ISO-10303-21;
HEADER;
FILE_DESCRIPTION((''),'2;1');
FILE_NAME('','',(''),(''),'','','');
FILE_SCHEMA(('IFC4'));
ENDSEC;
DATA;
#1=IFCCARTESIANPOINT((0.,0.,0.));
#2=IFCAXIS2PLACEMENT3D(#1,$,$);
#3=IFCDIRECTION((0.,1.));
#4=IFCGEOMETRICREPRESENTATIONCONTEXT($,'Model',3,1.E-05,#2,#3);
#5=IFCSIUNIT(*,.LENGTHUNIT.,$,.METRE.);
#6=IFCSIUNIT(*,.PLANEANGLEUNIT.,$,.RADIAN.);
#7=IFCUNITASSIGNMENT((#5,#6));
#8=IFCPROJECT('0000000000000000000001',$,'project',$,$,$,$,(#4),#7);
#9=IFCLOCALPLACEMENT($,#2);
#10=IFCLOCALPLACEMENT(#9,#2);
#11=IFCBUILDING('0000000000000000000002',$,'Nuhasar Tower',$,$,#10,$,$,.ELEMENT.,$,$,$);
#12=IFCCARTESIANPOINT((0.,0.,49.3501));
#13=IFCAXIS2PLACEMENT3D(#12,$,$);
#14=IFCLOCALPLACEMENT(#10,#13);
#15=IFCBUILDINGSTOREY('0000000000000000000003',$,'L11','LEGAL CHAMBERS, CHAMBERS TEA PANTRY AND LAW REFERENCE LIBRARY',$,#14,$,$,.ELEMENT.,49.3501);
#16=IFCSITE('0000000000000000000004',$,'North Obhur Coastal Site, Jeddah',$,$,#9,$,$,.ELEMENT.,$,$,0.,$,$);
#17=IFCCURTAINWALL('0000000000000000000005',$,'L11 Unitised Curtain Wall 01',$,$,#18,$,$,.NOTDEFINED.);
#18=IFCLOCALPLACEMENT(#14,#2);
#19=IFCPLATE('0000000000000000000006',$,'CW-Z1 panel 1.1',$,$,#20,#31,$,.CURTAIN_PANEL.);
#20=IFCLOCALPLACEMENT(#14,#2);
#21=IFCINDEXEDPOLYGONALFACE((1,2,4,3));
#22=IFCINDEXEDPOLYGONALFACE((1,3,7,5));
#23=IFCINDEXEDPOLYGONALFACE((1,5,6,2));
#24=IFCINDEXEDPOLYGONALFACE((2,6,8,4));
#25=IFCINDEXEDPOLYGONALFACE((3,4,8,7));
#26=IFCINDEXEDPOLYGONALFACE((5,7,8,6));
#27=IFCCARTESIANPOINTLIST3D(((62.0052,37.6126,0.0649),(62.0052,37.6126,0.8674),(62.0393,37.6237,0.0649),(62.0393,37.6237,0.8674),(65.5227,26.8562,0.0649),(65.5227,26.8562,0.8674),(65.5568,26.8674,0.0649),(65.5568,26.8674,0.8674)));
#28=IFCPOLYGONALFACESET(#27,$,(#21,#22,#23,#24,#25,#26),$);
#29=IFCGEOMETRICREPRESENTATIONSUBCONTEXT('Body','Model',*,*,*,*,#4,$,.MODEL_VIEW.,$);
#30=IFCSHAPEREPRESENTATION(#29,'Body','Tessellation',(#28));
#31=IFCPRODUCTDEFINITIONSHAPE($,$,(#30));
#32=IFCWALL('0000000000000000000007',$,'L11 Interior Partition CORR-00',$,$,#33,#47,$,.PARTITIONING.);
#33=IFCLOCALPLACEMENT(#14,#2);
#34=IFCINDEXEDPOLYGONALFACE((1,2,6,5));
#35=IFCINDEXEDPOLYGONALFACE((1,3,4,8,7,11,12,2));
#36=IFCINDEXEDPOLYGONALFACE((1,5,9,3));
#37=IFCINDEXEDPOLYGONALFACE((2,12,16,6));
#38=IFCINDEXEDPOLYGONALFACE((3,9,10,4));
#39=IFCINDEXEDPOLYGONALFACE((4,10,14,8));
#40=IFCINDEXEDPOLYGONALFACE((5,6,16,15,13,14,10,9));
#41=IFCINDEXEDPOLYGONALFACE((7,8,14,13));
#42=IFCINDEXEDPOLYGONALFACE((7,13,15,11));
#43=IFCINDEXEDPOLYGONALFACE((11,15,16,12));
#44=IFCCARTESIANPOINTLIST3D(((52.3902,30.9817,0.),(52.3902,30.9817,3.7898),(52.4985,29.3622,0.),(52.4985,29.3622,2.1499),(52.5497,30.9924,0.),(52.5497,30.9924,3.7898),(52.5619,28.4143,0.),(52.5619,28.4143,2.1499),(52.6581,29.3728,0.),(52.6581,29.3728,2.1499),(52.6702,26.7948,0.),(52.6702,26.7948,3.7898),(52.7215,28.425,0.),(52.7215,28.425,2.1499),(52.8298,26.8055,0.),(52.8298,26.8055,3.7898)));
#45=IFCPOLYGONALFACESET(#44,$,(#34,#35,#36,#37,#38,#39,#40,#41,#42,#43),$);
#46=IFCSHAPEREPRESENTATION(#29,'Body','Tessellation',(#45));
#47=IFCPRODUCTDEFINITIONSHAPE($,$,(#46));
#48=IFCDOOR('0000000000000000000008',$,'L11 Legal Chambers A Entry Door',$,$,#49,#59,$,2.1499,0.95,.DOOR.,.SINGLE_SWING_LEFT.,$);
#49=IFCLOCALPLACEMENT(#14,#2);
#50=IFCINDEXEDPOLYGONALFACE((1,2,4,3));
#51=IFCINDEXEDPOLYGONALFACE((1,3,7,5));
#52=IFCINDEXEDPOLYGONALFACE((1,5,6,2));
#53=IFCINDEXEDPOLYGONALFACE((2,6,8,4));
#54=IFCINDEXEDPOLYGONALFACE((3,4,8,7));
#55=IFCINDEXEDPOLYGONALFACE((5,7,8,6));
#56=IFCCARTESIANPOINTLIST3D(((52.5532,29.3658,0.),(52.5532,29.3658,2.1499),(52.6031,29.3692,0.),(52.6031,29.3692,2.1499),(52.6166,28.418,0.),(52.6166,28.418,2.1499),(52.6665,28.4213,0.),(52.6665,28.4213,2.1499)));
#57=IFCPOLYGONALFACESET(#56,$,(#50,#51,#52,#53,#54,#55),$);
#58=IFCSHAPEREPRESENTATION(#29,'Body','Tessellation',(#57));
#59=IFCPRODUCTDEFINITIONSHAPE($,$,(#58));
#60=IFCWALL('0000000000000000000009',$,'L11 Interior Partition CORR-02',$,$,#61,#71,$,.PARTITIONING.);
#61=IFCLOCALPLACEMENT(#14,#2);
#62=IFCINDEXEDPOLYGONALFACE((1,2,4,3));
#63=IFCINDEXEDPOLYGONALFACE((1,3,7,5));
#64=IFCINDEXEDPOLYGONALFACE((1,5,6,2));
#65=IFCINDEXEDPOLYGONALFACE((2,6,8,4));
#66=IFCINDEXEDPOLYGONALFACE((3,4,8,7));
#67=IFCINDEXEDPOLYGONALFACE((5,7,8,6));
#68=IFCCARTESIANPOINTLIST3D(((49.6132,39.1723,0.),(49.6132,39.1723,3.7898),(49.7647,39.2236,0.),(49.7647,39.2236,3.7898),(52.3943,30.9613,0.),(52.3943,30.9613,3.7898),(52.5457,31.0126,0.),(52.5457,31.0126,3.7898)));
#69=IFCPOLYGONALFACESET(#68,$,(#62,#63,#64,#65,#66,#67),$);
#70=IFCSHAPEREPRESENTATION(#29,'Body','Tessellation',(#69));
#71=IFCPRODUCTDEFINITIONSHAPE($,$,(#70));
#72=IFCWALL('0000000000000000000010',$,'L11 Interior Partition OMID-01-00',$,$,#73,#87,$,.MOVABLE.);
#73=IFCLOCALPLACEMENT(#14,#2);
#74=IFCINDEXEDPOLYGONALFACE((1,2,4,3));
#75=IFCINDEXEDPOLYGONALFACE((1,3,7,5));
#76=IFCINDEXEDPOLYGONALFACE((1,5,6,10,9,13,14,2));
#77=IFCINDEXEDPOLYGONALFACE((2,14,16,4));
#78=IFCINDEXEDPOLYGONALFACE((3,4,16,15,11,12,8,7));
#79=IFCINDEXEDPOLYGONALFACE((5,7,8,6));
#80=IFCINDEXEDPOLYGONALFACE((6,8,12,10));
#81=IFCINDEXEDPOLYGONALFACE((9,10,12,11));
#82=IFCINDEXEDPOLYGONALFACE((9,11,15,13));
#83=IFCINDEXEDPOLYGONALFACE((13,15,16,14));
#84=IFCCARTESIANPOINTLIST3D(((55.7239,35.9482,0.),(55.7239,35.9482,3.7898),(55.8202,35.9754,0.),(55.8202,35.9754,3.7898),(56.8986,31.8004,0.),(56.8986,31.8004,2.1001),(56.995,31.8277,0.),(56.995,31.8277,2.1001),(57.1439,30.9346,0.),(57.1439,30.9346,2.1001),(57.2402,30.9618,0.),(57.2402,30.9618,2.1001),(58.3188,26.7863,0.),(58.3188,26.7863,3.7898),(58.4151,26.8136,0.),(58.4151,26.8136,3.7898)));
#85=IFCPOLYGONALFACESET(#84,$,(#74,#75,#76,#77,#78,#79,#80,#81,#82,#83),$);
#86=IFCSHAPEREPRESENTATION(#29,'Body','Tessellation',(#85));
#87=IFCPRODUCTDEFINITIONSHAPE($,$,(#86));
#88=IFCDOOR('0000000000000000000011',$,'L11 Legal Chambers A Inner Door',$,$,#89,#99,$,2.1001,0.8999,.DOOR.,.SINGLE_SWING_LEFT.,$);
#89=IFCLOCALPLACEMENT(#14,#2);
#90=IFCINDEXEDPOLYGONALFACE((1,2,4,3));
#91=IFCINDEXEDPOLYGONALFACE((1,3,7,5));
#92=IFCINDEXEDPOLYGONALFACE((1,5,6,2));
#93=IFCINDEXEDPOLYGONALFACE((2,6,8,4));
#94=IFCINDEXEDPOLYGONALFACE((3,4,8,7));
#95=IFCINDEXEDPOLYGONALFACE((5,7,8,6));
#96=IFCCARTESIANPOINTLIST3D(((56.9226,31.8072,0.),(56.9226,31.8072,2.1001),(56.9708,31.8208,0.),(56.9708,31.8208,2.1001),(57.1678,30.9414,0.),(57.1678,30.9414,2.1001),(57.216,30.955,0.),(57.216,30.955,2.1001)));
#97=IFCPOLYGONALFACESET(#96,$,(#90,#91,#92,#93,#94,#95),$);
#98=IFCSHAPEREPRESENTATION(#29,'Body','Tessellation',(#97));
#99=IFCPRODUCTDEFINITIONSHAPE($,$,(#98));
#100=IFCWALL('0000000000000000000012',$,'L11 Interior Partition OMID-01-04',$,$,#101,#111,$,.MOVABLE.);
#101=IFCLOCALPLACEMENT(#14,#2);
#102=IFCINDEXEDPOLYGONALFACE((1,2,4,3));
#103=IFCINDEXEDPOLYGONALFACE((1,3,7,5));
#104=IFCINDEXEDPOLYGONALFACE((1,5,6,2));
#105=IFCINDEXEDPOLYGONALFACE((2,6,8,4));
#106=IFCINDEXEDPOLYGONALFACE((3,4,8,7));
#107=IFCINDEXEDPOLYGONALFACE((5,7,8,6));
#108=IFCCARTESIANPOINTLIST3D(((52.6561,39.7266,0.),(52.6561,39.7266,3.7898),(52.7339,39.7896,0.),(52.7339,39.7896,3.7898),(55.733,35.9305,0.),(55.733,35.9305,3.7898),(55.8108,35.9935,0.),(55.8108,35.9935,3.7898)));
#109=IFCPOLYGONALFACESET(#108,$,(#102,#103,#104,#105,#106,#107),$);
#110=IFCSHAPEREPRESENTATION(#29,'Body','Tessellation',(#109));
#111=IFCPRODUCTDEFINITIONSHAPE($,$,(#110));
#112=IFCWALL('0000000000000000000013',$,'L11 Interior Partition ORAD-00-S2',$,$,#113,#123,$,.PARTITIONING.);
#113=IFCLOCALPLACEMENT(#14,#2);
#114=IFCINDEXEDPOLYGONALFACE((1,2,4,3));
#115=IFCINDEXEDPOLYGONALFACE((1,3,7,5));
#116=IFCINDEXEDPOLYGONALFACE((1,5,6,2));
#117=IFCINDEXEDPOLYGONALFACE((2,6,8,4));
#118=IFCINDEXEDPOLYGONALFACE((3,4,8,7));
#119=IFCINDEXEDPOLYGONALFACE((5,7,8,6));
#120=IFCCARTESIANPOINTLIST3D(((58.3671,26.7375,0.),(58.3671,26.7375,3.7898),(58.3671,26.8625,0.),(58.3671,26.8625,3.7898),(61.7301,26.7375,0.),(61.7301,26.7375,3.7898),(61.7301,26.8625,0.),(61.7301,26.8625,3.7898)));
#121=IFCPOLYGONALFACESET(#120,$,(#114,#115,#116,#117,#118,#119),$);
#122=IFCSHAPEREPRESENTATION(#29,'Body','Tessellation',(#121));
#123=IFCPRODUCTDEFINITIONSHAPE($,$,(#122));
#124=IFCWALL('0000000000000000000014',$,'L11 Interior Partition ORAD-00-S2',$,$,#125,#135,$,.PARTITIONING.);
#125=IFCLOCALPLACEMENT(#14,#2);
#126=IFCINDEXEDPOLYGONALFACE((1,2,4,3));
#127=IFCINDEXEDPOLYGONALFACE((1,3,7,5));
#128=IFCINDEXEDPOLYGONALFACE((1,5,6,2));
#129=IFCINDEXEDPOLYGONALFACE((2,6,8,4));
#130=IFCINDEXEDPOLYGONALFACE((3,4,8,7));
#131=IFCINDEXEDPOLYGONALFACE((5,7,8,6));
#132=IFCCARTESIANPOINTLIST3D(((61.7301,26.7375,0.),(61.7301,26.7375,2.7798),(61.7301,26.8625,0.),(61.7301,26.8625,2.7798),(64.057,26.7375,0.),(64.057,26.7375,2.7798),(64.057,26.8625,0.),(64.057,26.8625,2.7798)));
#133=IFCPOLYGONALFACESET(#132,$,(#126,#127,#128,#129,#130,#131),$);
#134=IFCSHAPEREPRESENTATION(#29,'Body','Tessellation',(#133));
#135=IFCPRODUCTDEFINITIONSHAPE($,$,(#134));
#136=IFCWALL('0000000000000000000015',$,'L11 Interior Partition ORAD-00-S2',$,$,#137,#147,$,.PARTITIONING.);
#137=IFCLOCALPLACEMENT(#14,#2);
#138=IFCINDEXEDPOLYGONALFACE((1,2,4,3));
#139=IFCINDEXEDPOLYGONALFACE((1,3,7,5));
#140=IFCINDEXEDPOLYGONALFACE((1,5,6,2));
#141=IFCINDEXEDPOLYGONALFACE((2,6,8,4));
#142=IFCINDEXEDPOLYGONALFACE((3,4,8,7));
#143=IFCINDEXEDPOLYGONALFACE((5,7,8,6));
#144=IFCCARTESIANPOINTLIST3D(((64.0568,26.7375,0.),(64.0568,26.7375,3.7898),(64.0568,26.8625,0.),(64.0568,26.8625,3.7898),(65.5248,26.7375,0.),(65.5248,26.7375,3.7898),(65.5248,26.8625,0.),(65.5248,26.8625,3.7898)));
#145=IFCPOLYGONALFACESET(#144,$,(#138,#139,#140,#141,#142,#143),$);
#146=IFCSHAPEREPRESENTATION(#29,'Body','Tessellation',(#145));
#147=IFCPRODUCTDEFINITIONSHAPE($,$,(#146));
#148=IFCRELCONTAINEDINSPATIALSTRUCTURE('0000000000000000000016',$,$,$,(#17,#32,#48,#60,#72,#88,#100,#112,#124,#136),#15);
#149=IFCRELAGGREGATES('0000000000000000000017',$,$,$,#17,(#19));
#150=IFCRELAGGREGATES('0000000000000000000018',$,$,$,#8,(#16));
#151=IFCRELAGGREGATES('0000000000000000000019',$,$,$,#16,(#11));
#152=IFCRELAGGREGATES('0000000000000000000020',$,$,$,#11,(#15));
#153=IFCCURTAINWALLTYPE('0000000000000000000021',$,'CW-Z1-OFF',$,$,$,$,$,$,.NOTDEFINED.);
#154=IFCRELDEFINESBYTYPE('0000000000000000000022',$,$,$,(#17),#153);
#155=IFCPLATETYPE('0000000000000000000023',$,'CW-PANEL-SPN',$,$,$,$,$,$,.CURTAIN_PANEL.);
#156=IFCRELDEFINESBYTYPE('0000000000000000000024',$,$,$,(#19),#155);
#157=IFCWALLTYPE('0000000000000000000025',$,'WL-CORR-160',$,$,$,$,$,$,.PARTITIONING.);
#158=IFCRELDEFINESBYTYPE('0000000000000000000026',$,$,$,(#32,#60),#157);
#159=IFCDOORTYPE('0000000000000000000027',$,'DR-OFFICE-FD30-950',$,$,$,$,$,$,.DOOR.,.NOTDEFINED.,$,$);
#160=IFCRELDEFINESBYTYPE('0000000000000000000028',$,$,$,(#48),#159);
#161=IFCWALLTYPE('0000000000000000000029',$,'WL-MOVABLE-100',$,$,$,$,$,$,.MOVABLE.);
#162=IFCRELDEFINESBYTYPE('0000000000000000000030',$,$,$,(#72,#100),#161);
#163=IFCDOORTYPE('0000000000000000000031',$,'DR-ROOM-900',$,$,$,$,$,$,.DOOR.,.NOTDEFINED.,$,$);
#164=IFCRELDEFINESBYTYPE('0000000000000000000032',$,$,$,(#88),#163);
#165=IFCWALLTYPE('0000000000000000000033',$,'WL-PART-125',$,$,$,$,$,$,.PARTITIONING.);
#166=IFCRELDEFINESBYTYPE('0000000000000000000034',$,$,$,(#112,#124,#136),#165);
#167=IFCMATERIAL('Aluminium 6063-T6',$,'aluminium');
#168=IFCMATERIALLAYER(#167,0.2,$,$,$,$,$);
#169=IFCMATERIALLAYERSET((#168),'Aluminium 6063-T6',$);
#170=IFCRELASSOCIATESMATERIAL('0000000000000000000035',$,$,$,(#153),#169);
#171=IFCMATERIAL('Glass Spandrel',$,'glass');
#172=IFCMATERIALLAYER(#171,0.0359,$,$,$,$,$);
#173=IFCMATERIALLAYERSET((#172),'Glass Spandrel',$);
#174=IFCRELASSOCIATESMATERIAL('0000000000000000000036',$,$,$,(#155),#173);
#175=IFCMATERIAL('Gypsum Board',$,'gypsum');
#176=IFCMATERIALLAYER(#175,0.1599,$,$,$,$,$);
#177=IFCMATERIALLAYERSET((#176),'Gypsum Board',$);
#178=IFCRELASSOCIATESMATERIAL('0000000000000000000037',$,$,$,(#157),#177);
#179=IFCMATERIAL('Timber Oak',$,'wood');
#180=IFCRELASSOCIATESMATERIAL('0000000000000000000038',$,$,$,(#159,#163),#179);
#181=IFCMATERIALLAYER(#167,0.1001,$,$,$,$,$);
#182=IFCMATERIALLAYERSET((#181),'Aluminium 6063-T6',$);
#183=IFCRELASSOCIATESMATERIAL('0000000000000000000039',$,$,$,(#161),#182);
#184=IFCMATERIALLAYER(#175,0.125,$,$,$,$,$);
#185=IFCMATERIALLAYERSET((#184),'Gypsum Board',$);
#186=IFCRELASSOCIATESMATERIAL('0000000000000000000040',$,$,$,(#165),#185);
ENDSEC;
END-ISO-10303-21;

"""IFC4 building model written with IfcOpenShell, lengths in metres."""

from ifc_helpers import new_model, si_unit, direction, frame, frame_2d, origin, origin_2d, place, context, subcontext, project, spatial, rectangle, extrude, material, layer, layer_set, type_object, element, fill, aggregate, save


model = new_model("IFC4")

# Units and contexts
model_context = context("Model", 3, precision=1e-05, world=origin(), true_north=direction((0.0, 1.0)))
body_context = subcontext(model_context, "Body", "Model", "MODEL_VIEW")
ifc_project = project(units=[si_unit("LENGTHUNIT", "METRE"), si_unit("PLANEANGLEUNIT", "RADIAN")], contexts=[model_context])

# Site, building, storey
site_placement = place(None, origin())
site = spatial("IfcSite", under=ifc_project, at=site_placement, Name="North Obhur Coastal Site, Jeddah", CompositionType="ELEMENT", RefElevation=0.0)
building_placement = place(site_placement, origin())
building = spatial("IfcBuilding", under=site, at=building_placement, Name="Nuhasar Tower", CompositionType="ELEMENT")
storey_placement = place(building_placement, frame((0.0, 0.0, 49.3501)))
storey = spatial("IfcBuildingStorey", under=building, at=storey_placement, Name="L11", Description="LEGAL CHAMBERS, CHAMBERS TEA PANTRY AND LAW REFERENCE LIBRARY", CompositionType="ELEMENT", Elevation=49.3501)

# Curtain wall
ifc_material_1 = material(Name="Aluminium 6063-T6", Category="aluminium")
ifc_layer_1 = layer(ifc_material_1, 0.2)
ifc_layer_set_1 = layer_set([ifc_layer_1], Name="Aluminium 6063-T6")
curtain_wall_type = type_object("IfcCurtainWallType", Name="CW-Z1-OFF", PredefinedType="NOTDEFINED", material=ifc_layer_set_1)
curtain_wall_placement = place(storey_placement, origin())
curtain_wall = element("IfcCurtainWall", 1, at=curtain_wall_placement, inside=storey, type_object=curtain_wall_type, Name="L11 Unitised Curtain Wall 01", PredefinedType="NOTDEFINED")

# Plate
ifc_material_2 = material(Name="Glass Spandrel", Category="glass")
ifc_layer_2 = layer(ifc_material_2, 0.0359)
ifc_layer_set_2 = layer_set([ifc_layer_2], Name="Glass Spandrel")
plate_type_1 = type_object("IfcPlateType", Name="CW-PANEL-SPN", PredefinedType="CURTAIN_PANEL", material=ifc_layer_set_2)
plate_1_placement = place(storey_placement, frame((63.781, 32.24, 0.0649), z_axis=(0.0, 0.0, 1.0), x_axis=(-0.310824, 0.950468, 0.0)))
plate_1 = element("IfcPlate", 2, at=plate_1_placement, type_object=plate_type_1, Name="CW-Z1 panel 1.1", PredefinedType="CURTAIN_PANEL", context=body_context, shape_type="SweptSolid", body=[
    extrude(rectangle(XDim=11.3169, YDim=0.0359, at=origin_2d()), origin(), (0.0, 0.0, 1.0), 0.8025),
])
aggregate(curtain_wall, [plate_1])

# Wall, opening, door
ifc_material_3 = material(Name="Gypsum Board", Category="gypsum")
ifc_layer_3 = layer(ifc_material_3, 0.1599)
ifc_layer_set_3 = layer_set([ifc_layer_3], Name="Gypsum Board")
wall_type_1 = type_object("IfcWallType", Name="WL-CORR-160", PredefinedType="PARTITIONING", material=ifc_layer_set_3)
wall_1_placement = place(storey_placement, frame((52.47, 30.9871, 0.0), z_axis=(0.0, 0.0, 1.0), x_axis=(0.066731, -0.997771, 0.0)))
wall_1 = element("IfcWall", 3, at=wall_1_placement, inside=storey, type_object=wall_type_1, Name="L11 Interior Partition CORR-00", PredefinedType="PARTITIONING", context=body_context, shape_type="SweptSolid", body=[
    extrude(rectangle(XDim=4.1963, YDim=0.1599, at=frame_2d((2.0981, 0.0))), origin(), (0.0, 0.0, 1.0), 3.7898),
])
opening_1_placement = place(wall_1_placement, frame((1.623, 0.0, 0.0)))
opening_1 = element("IfcOpeningElement", 4, at=opening_1_placement, cuts=wall_1, PredefinedType="OPENING", context=body_context, shape_type="SweptSolid", body=[
    extrude(rectangle(XDim=0.95, YDim=2.1499, at=frame_2d((0.4751, 1.075))), frame((0.0, 0.0898, 0.0), z_axis=(0.0, -1.0, 0.0), x_axis=(1.0, 0.0, 0.0)), (0.0, 0.0, 1.0), 0.1799),
])
ifc_material_4 = material(Name="Timber Oak", Category="wood")
door_type_1 = type_object("IfcDoorType", Name="DR-OFFICE-FD30-950", OperationType="NOTDEFINED", PredefinedType="DOOR", material=ifc_material_4)
door_1_placement = place(opening_1_placement, origin())
door_1 = element("IfcDoor", 5, at=door_1_placement, inside=storey, type_object=door_type_1, Name="L11 Legal Chambers A Entry Door", OperationType="SINGLE_SWING_LEFT", OverallHeight=2.1499, OverallWidth=0.95, PredefinedType="DOOR", context=body_context, shape_type="SweptSolid", body=[
    extrude(rectangle(XDim=0.95, YDim=2.1499, at=frame_2d((0.4751, 1.075))), frame((0.0, 0.0249, 0.0), z_axis=(0.0, -1.0, 0.0), x_axis=(1.0, 0.0, 0.0)), (0.0, 0.0, 1.0), 0.05),
])
fill(opening_1, door_1)

# Wall
wall_2_placement = place(storey_placement, frame((52.47, 30.9871, 0.0), z_axis=(0.0, 0.0, 1.0), x_axis=(-0.320795, 0.947149, 0.0)))
element("IfcWall", 6, at=wall_2_placement, inside=storey, type_object=wall_type_1, Name="L11 Interior Partition CORR-02", PredefinedType="PARTITIONING", context=body_context, shape_type="SweptSolid", body=[
    extrude(rectangle(XDim=8.6692, YDim=0.1599, at=frame_2d((4.3345, 0.0))), origin(), (0.0, 0.0, 1.0), 3.7898),
])

# Wall, opening, door
ifc_layer_4 = layer(ifc_material_1, 0.1001)
ifc_layer_set_4 = layer_set([ifc_layer_4], Name="Aluminium 6063-T6")
wall_type_2 = type_object("IfcWallType", Name="WL-MOVABLE-100", PredefinedType="MOVABLE", material=ifc_layer_set_4)
wall_3_placement = place(storey_placement, frame((55.772, 35.9619, 0.0), z_axis=(0.0, 0.0, 1.0), x_axis=(0.272516, -0.962151, 0.0)))
wall_3 = element("IfcWall", 7, at=wall_3_placement, inside=storey, type_object=wall_type_2, Name="L11 Interior Partition OMID-01-00", PredefinedType="MOVABLE", context=body_context, shape_type="SweptSolid", body=[
    extrude(rectangle(XDim=9.5222, YDim=0.1001, at=frame_2d((4.7612, 0.0))), origin(), (0.0, 0.0, 1.0), 3.7898),
])
opening_2_placement = place(wall_3_placement, frame((4.311, 0.0, 0.0)))
opening_2 = element("IfcOpeningElement", 8, at=opening_2_placement, cuts=wall_3, PredefinedType="OPENING", context=body_context, shape_type="SweptSolid", body=[
    extrude(rectangle(XDim=0.8999, YDim=2.1001, at=frame_2d((0.45, 1.05))), frame((0.0, 0.0601, 0.0), z_axis=(0.0, -1.0, 0.0), x_axis=(1.0, 0.0, 0.0)), (0.0, 0.0, 1.0), 0.1201),
])
door_type_2 = type_object("IfcDoorType", Name="DR-ROOM-900", OperationType="NOTDEFINED", PredefinedType="DOOR", material=ifc_material_4)
door_2_placement = place(opening_2_placement, origin())
door_2 = element("IfcDoor", 9, at=door_2_placement, inside=storey, type_object=door_type_2, Name="L11 Legal Chambers A Inner Door", OperationType="SINGLE_SWING_LEFT", OverallHeight=2.1001, OverallWidth=0.8999, PredefinedType="DOOR", context=body_context, shape_type="SweptSolid", body=[
    extrude(rectangle(XDim=0.8999, YDim=2.1001, at=frame_2d((0.45, 1.05))), frame((0.0, 0.0249, 0.0), z_axis=(0.0, -1.0, 0.0), x_axis=(1.0, 0.0, 0.0)), (0.0, 0.0, 1.0), 0.05),
])
fill(opening_2, door_2)

# Walls
wall_4_placement = place(storey_placement, frame((55.772, 35.9619, 0.0), z_axis=(0.0, 0.0, 1.0), x_axis=(-0.629672, 0.776861, 0.0)))
element("IfcWall", 10, at=wall_4_placement, inside=storey, type_object=wall_type_2, Name="L11 Interior Partition OMID-01-04", PredefinedType="MOVABLE", context=body_context, shape_type="SweptSolid", body=[
    extrude(rectangle(XDim=4.8865, YDim=0.1001, at=frame_2d((2.4434, 0.0))), origin(), (0.0, 0.0, 1.0), 3.7898),
])
ifc_layer_5 = layer(ifc_material_3, 0.125)
ifc_layer_set_5 = layer_set([ifc_layer_5], Name="Gypsum Board")
wall_type_3 = type_object("IfcWallType", Name="WL-PART-125", PredefinedType="PARTITIONING", material=ifc_layer_set_5)
wall_5_placement = place(storey_placement, frame((58.3669, 26.8, 0.0), z_axis=(0.0, 0.0, 1.0), x_axis=(1.0, 0.0, 0.0)))
element("IfcWall", 11, at=wall_5_placement, inside=storey, type_object=wall_type_3, Name="L11 Interior Partition ORAD-00-S2", PredefinedType="PARTITIONING", context=body_context, shape_type="SweptSolid", body=[
    extrude(rectangle(XDim=3.363, YDim=0.125, at=frame_2d((1.6816, 0.0))), origin(), (0.0, 0.0, 1.0), 3.7898),
])
wall_6_placement = place(storey_placement, frame((61.73, 26.8, 0.0), z_axis=(0.0, 0.0, 1.0), x_axis=(1.0, 0.0, 0.0)))
element("IfcWall", 12, at=wall_6_placement, inside=storey, type_object=wall_type_3, Name="L11 Interior Partition ORAD-00-S2", PredefinedType="PARTITIONING", context=body_context, shape_type="SweptSolid", body=[
    extrude(rectangle(XDim=2.3269, YDim=0.125, at=frame_2d((1.1636, 0.0))), origin(), (0.0, 0.0, 1.0), 2.7798),
])
wall_7_placement = place(storey_placement, frame((64.0569, 26.8, 0.0), z_axis=(0.0, 0.0, 1.0), x_axis=(1.0, 0.0, 0.0)))
element("IfcWall", 13, at=wall_7_placement, inside=storey, type_object=wall_type_3, Name="L11 Interior Partition ORAD-00-S2", PredefinedType="PARTITIONING", context=body_context, shape_type="SweptSolid", body=[
    extrude(rectangle(XDim=1.468, YDim=0.125, at=frame_2d((0.7339, 0.0))), origin(), (0.0, 0.0, 1.0), 3.7898),
])

save(model, "model.ifc")
